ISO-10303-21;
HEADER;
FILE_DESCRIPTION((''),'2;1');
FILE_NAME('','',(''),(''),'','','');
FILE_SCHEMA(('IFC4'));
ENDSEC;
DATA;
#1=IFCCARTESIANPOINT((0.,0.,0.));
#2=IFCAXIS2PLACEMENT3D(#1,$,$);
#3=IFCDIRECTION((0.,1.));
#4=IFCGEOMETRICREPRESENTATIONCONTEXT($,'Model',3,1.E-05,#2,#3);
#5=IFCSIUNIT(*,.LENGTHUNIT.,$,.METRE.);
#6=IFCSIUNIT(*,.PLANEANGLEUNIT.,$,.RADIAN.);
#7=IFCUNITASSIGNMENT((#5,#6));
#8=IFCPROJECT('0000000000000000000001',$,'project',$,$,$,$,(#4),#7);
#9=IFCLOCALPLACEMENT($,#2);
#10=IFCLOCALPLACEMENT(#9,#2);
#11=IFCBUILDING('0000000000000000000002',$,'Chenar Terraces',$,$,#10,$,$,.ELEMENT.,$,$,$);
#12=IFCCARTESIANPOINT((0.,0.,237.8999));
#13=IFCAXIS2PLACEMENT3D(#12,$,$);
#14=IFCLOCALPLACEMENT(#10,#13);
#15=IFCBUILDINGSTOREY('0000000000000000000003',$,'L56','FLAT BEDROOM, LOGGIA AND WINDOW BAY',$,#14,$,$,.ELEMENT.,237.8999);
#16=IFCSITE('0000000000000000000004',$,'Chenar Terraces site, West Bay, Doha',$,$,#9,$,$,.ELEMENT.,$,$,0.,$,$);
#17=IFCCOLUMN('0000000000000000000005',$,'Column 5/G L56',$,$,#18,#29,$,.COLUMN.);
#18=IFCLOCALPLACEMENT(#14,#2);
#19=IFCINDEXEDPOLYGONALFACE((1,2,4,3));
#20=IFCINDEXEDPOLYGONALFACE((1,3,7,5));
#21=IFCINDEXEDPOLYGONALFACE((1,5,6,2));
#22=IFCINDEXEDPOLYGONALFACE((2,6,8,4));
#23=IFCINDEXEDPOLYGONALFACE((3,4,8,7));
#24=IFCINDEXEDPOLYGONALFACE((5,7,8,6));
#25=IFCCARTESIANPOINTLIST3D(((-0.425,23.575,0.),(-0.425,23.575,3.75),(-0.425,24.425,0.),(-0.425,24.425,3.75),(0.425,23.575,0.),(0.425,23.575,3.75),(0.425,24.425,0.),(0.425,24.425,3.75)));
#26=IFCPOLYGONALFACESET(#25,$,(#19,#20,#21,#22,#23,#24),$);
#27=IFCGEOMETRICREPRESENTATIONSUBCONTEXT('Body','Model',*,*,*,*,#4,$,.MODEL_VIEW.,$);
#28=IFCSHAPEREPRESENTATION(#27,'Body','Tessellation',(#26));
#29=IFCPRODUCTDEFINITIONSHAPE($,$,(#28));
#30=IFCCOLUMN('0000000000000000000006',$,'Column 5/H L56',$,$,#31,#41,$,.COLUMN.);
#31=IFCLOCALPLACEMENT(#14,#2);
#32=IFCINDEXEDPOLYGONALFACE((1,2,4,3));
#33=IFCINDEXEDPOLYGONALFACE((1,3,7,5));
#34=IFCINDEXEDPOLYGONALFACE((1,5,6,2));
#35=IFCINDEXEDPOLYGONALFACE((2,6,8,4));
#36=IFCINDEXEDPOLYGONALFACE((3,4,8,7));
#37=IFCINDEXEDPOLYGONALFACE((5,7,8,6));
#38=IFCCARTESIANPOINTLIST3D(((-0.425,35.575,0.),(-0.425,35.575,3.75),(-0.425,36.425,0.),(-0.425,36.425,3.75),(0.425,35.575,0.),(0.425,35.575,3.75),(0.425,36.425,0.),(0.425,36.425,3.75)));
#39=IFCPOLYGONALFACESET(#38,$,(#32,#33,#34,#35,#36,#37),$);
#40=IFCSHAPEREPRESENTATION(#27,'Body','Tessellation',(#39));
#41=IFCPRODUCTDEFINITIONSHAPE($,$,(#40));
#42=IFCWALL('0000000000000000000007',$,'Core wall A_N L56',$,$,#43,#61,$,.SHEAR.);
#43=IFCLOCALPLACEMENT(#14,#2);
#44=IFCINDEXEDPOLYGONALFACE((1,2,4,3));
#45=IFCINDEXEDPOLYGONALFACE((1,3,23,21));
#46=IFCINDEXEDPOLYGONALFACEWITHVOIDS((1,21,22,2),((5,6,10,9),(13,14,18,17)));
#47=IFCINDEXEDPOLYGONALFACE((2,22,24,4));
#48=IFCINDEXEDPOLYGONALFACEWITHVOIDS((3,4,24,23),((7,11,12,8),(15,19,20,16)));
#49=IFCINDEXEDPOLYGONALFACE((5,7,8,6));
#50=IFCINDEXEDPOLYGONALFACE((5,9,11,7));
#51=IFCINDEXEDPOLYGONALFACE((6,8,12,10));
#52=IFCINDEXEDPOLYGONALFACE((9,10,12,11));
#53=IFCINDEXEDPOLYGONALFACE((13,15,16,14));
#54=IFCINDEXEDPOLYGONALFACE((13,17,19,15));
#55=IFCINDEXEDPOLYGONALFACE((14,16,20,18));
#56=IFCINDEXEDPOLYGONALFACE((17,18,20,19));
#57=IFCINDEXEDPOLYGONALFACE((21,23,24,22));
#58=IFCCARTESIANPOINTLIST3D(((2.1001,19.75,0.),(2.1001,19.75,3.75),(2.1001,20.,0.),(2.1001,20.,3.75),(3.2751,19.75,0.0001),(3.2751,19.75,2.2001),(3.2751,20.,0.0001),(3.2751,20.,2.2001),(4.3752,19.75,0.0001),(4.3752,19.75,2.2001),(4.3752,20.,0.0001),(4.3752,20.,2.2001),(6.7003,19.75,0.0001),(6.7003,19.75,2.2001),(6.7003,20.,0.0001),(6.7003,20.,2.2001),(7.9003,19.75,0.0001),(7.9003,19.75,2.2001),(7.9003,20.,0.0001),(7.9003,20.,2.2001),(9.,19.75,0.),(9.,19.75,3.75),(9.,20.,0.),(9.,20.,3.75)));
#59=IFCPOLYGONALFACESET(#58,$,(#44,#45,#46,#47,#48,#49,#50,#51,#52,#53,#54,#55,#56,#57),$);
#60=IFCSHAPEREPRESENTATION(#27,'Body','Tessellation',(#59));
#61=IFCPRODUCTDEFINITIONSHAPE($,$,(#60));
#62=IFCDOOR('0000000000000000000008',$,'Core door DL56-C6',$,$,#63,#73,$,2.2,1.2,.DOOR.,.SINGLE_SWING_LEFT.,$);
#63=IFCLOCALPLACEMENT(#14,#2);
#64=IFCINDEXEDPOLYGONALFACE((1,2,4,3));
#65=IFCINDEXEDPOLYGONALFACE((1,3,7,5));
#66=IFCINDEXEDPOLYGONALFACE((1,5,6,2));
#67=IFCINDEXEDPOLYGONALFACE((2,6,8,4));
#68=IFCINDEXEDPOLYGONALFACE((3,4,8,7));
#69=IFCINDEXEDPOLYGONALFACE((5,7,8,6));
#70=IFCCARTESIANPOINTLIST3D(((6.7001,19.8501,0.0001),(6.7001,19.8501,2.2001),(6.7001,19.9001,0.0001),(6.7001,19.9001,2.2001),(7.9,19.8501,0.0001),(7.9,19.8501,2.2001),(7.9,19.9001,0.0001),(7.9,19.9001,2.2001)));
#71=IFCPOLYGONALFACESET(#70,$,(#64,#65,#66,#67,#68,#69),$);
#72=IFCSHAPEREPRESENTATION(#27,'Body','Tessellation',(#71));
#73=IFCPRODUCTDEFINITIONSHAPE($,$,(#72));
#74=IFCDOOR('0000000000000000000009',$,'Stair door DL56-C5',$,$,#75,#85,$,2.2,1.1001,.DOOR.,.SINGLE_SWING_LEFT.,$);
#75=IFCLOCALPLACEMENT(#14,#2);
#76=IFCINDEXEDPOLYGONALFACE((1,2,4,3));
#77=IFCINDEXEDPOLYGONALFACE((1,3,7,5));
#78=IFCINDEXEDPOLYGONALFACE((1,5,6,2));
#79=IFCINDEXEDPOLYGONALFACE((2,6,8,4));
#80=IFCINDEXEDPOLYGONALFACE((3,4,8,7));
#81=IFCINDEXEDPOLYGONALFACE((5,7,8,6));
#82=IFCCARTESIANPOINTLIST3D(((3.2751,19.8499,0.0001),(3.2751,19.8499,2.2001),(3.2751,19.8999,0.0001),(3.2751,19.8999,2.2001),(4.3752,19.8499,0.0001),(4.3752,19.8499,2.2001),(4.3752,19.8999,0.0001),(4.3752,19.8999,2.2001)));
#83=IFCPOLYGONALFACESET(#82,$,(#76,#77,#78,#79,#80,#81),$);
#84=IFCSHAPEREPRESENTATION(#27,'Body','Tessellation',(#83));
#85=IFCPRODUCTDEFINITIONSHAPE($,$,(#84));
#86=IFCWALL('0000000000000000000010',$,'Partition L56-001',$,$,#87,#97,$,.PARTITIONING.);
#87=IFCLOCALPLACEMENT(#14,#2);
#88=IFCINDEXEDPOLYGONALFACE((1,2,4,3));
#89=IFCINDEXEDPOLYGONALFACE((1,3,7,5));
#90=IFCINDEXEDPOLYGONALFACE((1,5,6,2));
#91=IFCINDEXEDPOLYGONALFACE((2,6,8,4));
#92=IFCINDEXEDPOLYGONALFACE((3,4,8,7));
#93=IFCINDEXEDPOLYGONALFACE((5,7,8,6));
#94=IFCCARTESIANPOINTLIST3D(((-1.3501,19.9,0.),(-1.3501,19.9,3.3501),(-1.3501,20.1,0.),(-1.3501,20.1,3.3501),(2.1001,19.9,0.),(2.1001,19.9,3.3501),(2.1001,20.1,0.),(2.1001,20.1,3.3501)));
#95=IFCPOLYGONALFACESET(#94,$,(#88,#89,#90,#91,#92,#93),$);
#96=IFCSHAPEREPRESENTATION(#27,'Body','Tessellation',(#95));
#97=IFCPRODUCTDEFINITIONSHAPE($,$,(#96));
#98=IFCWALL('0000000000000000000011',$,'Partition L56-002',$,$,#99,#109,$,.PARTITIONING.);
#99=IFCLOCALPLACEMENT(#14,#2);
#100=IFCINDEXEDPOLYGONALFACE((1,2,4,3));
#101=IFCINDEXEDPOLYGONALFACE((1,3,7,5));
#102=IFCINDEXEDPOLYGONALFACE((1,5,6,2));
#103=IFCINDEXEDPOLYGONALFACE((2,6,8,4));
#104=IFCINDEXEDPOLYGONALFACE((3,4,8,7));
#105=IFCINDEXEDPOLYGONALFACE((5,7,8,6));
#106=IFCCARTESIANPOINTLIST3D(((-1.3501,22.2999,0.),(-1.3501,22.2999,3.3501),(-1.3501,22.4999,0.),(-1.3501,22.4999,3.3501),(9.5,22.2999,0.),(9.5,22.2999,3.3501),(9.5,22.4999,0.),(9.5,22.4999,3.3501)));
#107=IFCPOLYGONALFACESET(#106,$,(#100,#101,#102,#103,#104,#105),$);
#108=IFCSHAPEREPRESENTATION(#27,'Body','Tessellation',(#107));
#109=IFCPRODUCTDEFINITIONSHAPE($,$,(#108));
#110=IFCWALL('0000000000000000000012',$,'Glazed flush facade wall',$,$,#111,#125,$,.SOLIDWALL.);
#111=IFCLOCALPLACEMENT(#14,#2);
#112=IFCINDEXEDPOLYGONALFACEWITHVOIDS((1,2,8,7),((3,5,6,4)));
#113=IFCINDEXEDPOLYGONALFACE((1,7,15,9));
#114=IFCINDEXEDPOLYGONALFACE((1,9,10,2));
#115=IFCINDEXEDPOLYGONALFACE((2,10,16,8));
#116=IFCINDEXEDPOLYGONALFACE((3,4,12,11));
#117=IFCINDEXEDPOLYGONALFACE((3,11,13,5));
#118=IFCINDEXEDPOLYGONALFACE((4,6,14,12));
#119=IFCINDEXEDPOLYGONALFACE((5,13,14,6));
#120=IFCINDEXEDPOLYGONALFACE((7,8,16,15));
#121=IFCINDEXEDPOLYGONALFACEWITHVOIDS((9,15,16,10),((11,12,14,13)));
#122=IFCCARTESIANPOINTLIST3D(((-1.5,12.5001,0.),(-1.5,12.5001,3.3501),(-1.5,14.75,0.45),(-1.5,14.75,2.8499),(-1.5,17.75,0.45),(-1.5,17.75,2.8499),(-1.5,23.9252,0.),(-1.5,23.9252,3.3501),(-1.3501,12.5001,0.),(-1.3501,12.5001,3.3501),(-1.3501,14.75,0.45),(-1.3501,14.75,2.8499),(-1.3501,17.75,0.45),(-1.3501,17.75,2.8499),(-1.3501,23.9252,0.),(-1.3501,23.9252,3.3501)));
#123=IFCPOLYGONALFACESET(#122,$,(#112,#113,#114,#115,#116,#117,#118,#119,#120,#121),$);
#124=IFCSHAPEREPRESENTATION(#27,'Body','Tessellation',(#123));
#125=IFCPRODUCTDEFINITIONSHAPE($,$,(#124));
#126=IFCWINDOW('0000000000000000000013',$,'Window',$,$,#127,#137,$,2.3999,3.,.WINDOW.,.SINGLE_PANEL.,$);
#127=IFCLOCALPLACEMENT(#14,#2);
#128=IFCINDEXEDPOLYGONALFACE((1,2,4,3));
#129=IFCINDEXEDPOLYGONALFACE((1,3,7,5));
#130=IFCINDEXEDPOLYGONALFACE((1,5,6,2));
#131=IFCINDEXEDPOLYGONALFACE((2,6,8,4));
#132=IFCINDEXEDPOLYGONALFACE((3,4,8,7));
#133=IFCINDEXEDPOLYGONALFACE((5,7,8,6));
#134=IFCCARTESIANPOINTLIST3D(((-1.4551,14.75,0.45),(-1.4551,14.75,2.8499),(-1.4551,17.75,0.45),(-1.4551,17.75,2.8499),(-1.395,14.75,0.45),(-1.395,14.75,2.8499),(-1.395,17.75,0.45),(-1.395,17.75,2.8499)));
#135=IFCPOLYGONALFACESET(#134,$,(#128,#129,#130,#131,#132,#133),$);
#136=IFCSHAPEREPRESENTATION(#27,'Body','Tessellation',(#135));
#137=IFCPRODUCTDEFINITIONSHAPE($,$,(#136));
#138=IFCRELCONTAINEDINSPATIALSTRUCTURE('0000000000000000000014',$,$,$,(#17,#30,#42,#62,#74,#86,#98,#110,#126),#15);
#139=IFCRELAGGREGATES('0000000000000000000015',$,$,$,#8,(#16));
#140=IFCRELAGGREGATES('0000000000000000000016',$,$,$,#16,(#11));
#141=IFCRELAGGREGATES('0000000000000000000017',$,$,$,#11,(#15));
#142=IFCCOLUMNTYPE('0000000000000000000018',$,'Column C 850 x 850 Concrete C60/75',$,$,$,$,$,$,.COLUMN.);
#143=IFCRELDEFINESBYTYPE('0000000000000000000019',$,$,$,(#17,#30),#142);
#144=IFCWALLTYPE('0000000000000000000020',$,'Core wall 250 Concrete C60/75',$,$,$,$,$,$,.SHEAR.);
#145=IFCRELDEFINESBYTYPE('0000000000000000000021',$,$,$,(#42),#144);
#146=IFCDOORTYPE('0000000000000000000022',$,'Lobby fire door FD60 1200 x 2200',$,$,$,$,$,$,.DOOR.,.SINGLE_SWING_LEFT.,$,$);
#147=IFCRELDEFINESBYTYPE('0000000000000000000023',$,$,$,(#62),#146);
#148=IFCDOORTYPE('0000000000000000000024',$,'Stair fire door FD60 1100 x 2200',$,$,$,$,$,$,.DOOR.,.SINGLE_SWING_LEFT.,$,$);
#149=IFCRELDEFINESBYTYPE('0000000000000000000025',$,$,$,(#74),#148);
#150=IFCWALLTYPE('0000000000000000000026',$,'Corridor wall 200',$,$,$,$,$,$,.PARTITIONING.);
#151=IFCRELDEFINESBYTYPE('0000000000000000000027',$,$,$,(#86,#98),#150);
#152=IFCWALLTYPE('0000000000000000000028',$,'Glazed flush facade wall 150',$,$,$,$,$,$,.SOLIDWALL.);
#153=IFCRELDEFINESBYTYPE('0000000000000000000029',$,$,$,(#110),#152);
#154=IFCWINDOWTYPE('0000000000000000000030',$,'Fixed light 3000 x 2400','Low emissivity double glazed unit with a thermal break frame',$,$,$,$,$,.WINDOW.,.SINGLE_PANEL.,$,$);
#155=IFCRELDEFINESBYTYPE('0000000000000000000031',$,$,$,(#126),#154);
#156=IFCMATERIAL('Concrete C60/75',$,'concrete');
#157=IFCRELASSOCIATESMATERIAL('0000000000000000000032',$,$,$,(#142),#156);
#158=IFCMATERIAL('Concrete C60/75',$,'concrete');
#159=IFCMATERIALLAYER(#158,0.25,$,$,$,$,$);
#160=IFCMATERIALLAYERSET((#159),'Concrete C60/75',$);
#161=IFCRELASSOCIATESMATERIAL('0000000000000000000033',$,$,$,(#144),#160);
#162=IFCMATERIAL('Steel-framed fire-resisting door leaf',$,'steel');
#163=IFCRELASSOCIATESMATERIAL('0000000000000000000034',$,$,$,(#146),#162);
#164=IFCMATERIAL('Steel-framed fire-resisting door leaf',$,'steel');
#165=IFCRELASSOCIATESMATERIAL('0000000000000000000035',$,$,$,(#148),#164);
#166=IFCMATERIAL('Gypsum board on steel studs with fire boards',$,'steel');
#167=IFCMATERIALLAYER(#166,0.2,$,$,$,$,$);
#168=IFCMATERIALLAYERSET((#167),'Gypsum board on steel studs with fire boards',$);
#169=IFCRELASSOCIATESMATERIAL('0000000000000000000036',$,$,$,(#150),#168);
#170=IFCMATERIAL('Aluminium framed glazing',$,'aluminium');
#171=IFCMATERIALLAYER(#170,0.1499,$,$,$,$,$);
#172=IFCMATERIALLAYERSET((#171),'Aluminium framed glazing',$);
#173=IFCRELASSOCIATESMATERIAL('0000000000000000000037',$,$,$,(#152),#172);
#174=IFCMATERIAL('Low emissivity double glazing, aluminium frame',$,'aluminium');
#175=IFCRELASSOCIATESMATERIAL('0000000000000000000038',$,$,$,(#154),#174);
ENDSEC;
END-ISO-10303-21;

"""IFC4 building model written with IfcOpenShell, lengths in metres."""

from ifc_helpers import new_model, si_unit, direction, frame, frame_2d, origin, origin_2d, place, context, subcontext, project, spatial, rectangle, extrude, material, layer, layer_set, material_profile, profile_set, type_object, element, fill, save


model = new_model("IFC4")

# Units and contexts
model_context = context("Model", 3, precision=1e-05, world=origin(), true_north=direction((0.0, 1.0)))
body_context = subcontext(model_context, "Body", "Model", "MODEL_VIEW")
ifc_project = project(units=[si_unit("LENGTHUNIT", "METRE"), si_unit("PLANEANGLEUNIT", "RADIAN")], contexts=[model_context])

# Site, building, storey
site_placement = place(None, origin())
site = spatial("IfcSite", under=ifc_project, at=site_placement, Name="Chenar Terraces site, West Bay, Doha", CompositionType="ELEMENT", RefElevation=0.0)
building_placement = place(site_placement, origin())
building = spatial("IfcBuilding", under=site, at=building_placement, Name="Chenar Terraces", CompositionType="ELEMENT")
storey_placement = place(building_placement, frame((0.0, 0.0, 237.8999)))
storey = spatial("IfcBuildingStorey", under=building, at=storey_placement, Name="L56", Description="FLAT BEDROOM, LOGGIA AND WINDOW BAY", CompositionType="ELEMENT", Elevation=237.8999)

# Columns
ifc_material_1 = material(Name="Concrete C60/75", Category="concrete")
ifc_material_profile = material_profile(ifc_material_1, rectangle(XDim=0.8501, YDim=0.8501, at=origin_2d()), Name="C 850 x 850")
ifc_profile_set = profile_set([ifc_material_profile], Name="Concrete C60/75")
column_type = type_object("IfcColumnType", Name="Column C 850 x 850 Concrete C60/75", PredefinedType="COLUMN", material=ifc_profile_set)
column_1_placement = place(storey_placement, frame((0.0, 24.0, 0.0), z_axis=(0.0, 0.0, 1.0), x_axis=(1.0, 0.0, 0.0)))
element("IfcColumn", 1, at=column_1_placement, inside=storey, type_object=column_type, Name="Column 5/G L56", PredefinedType="COLUMN", context=body_context, shape_type="SweptSolid", body=[
    extrude(rectangle(XDim=0.8501, YDim=0.8501, at=origin_2d()), origin(), (0.0, 0.0, 1.0), 3.75),
])
column_2_placement = place(storey_placement, frame((0.0, 36.0, 0.0), z_axis=(0.0, 0.0, 1.0), x_axis=(1.0, 0.0, 0.0)))
element("IfcColumn", 2, at=column_2_placement, inside=storey, type_object=column_type, Name="Column 5/H L56", PredefinedType="COLUMN", context=body_context, shape_type="SweptSolid", body=[
    extrude(rectangle(XDim=0.8501, YDim=0.8501, at=origin_2d()), origin(), (0.0, 0.0, 1.0), 3.75),
])

# Wall, openings, doors
ifc_material_2 = material(Name="Concrete C60/75", Category="concrete")
ifc_layer_1 = layer(ifc_material_2, 0.25)
ifc_layer_set_1 = layer_set([ifc_layer_1], Name="Concrete C60/75")
wall_type_1 = type_object("IfcWallType", Name="Core wall 250 Concrete C60/75", PredefinedType="SHEAR", material=ifc_layer_set_1)
wall_1_placement = place(storey_placement, frame((2.1001, 19.875, 0.0), z_axis=(0.0, 0.0, 1.0), x_axis=(1.0, 0.0, 0.0)))
wall_1 = element("IfcWall", 3, at=wall_1_placement, inside=storey, type_object=wall_type_1, Name="Core wall A_N L56", PredefinedType="SHEAR", context=body_context, shape_type="SweptSolid", body=[
    extrude(rectangle(XDim=6.8999, YDim=0.25, at=frame_2d((3.45, 0.0))), origin(), (0.0, 0.0, 1.0), 3.75),
])
opening_1_placement = place(wall_1_placement, frame((1.175, 0.0, 0.0)))
opening_1 = element("IfcOpeningElement", 4, at=opening_1_placement, cuts=wall_1, PredefinedType="OPENING", context=body_context, shape_type="SweptSolid", body=[
    extrude(rectangle(XDim=1.1001, YDim=2.2, at=frame_2d((0.55, 1.1001))), frame((0.0, 0.135, 0.0), z_axis=(0.0, -1.0, 0.0), x_axis=(1.0, 0.0, 0.0)), (0.0, 0.0, 1.0), 0.27),
])
opening_2_placement = place(wall_1_placement, frame((4.6001, 0.0, 0.0)))
opening_2 = element("IfcOpeningElement", 5, at=opening_2_placement, cuts=wall_1, PredefinedType="OPENING", context=body_context, shape_type="SweptSolid", body=[
    extrude(rectangle(XDim=1.2, YDim=2.2, at=frame_2d((0.6001, 1.1001))), frame((0.0, 0.135, 0.0), z_axis=(0.0, -1.0, 0.0), x_axis=(1.0, 0.0, 0.0)), (0.0, 0.0, 1.0), 0.27),
])
ifc_material_3 = material(Name="Steel-framed fire-resisting door leaf", Category="steel")
door_type_1 = type_object("IfcDoorType", Name="Lobby fire door FD60 1200 x 2200", OperationType="SINGLE_SWING_LEFT", PredefinedType="DOOR", material=ifc_material_3)
door_1_placement = place(opening_2_placement, frame((1.2, 0.0, 0.0), z_axis=(0.0, 0.0, 1.0), x_axis=(-1.0, 0.0, 0.0)))
door_1 = element("IfcDoor", 6, at=door_1_placement, inside=storey, type_object=door_type_1, Name="Core door DL56-C6", OperationType="SINGLE_SWING_LEFT", OverallHeight=2.2, OverallWidth=1.2, PredefinedType="DOOR", context=body_context, shape_type="SweptSolid", body=[
    extrude(rectangle(XDim=1.2, YDim=2.2, at=frame_2d((0.6001, 1.1001))), frame((0.0, 0.0249, 0.0), z_axis=(0.0, -1.0, 0.0), x_axis=(1.0, 0.0, 0.0)), (0.0, 0.0, 1.0), 0.05),
])
fill(opening_2, door_1)
ifc_material_4 = material(Name="Steel-framed fire-resisting door leaf", Category="steel")
door_type_2 = type_object("IfcDoorType", Name="Stair fire door FD60 1100 x 2200", OperationType="SINGLE_SWING_LEFT", PredefinedType="DOOR", material=ifc_material_4)
door_2_placement = place(opening_1_placement, origin())
door_2 = element("IfcDoor", 7, at=door_2_placement, inside=storey, type_object=door_type_2, Name="Stair door DL56-C5", OperationType="SINGLE_SWING_LEFT", OverallHeight=2.2, OverallWidth=1.1001, PredefinedType="DOOR", context=body_context, shape_type="SweptSolid", body=[
    extrude(rectangle(XDim=1.1001, YDim=2.2, at=frame_2d((0.55, 1.1001))), frame((0.0, 0.0249, 0.0), z_axis=(0.0, -1.0, 0.0), x_axis=(1.0, 0.0, 0.0)), (0.0, 0.0, 1.0), 0.05),
])
fill(opening_1, door_2)

# Walls
ifc_material_5 = material(Name="Gypsum board on steel studs with fire boards", Category="steel")
ifc_layer_2 = layer(ifc_material_5, 0.2)
ifc_layer_set_2 = layer_set([ifc_layer_2], Name="Gypsum board on steel studs with fire boards")
wall_type_2 = type_object("IfcWallType", Name="Corridor wall 200", PredefinedType="PARTITIONING", material=ifc_layer_set_2)
wall_2_placement = place(storey_placement, frame((-1.3501, 20.0, 0.0), z_axis=(0.0, 0.0, 1.0), x_axis=(1.0, 0.0, 0.0)))
element("IfcWall", 8, at=wall_2_placement, inside=storey, type_object=wall_type_2, Name="Partition L56-001", PredefinedType="PARTITIONING", context=body_context, shape_type="SweptSolid", body=[
    extrude(rectangle(XDim=3.4502, YDim=0.2, at=frame_2d((1.7251, 0.0))), origin(), (0.0, 0.0, 1.0), 3.3501),
])
wall_3_placement = place(storey_placement, frame((-1.3501, 22.3999, 0.0), z_axis=(0.0, 0.0, 1.0), x_axis=(1.0, 0.0, 0.0)))
element("IfcWall", 9, at=wall_3_placement, inside=storey, type_object=wall_type_2, Name="Partition L56-002", PredefinedType="PARTITIONING", context=body_context, shape_type="SweptSolid", body=[
    extrude(rectangle(XDim=10.8501, YDim=0.2, at=frame_2d((5.425, 0.0))), origin(), (0.0, 0.0, 1.0), 3.3501),
])

# Wall, opening, window
ifc_material_6 = material(Name="Aluminium framed glazing", Category="aluminium")
ifc_layer_3 = layer(ifc_material_6, 0.1499)
ifc_layer_set_3 = layer_set([ifc_layer_3], Name="Aluminium framed glazing")
wall_type_3 = type_object("IfcWallType", Name="Glazed flush facade wall 150", PredefinedType="SOLIDWALL", material=ifc_layer_set_3)
wall_4_placement = place(storey_placement, frame((-1.425, 23.925, 0.0), z_axis=(0.0, 0.0, 1.0), x_axis=(0.0, -1.0, 0.0)))
wall_4 = element("IfcWall", 10, at=wall_4_placement, inside=storey, type_object=wall_type_3, Name="Glazed flush facade wall", PredefinedType="SOLIDWALL", context=body_context, shape_type="SweptSolid", body=[
    extrude(rectangle(XDim=11.425, YDim=0.1499, at=frame_2d((5.7124, 0.0))), origin(), (0.0, 0.0, 1.0), 3.3501),
])
opening_3_placement = place(wall_4_placement, frame((6.175, 0.0, 0.45)))
opening_3 = element("IfcOpeningElement", 11, at=opening_3_placement, cuts=wall_4, PredefinedType="OPENING", context=body_context, shape_type="SweptSolid", body=[
    extrude(rectangle(XDim=3.0, YDim=2.3999, at=frame_2d((1.5, 1.2))), frame((0.0, 0.085, 0.0), z_axis=(0.0, -1.0, 0.0), x_axis=(1.0, 0.0, 0.0)), (0.0, 0.0, 1.0), 0.1699),
])
ifc_material_7 = material(Name="Low emissivity double glazing, aluminium frame", Category="aluminium")
window_type_1 = type_object("IfcWindowType", Name="Fixed light 3000 x 2400", Description="Low emissivity double glazed unit with a thermal break frame", PartitioningType="SINGLE_PANEL", PredefinedType="WINDOW", material=ifc_material_7)
window_1_placement = place(opening_3_placement, origin())
window_1 = element("IfcWindow", 12, at=window_1_placement, inside=storey, type_object=window_type_1, Name="Window", OverallHeight=2.3999, OverallWidth=3.0, PartitioningType="SINGLE_PANEL", PredefinedType="WINDOW", context=body_context, shape_type="SweptSolid", body=[
    extrude(rectangle(XDim=3.0, YDim=2.3999, at=frame_2d((1.5, 1.2))), frame((0.0, 0.03, 0.0), z_axis=(0.0, -1.0, 0.0), x_axis=(1.0, 0.0, 0.0)), (0.0, 0.0, 1.0), 0.0601),
])
fill(opening_3, window_1)

save(model, "model.ifc")
